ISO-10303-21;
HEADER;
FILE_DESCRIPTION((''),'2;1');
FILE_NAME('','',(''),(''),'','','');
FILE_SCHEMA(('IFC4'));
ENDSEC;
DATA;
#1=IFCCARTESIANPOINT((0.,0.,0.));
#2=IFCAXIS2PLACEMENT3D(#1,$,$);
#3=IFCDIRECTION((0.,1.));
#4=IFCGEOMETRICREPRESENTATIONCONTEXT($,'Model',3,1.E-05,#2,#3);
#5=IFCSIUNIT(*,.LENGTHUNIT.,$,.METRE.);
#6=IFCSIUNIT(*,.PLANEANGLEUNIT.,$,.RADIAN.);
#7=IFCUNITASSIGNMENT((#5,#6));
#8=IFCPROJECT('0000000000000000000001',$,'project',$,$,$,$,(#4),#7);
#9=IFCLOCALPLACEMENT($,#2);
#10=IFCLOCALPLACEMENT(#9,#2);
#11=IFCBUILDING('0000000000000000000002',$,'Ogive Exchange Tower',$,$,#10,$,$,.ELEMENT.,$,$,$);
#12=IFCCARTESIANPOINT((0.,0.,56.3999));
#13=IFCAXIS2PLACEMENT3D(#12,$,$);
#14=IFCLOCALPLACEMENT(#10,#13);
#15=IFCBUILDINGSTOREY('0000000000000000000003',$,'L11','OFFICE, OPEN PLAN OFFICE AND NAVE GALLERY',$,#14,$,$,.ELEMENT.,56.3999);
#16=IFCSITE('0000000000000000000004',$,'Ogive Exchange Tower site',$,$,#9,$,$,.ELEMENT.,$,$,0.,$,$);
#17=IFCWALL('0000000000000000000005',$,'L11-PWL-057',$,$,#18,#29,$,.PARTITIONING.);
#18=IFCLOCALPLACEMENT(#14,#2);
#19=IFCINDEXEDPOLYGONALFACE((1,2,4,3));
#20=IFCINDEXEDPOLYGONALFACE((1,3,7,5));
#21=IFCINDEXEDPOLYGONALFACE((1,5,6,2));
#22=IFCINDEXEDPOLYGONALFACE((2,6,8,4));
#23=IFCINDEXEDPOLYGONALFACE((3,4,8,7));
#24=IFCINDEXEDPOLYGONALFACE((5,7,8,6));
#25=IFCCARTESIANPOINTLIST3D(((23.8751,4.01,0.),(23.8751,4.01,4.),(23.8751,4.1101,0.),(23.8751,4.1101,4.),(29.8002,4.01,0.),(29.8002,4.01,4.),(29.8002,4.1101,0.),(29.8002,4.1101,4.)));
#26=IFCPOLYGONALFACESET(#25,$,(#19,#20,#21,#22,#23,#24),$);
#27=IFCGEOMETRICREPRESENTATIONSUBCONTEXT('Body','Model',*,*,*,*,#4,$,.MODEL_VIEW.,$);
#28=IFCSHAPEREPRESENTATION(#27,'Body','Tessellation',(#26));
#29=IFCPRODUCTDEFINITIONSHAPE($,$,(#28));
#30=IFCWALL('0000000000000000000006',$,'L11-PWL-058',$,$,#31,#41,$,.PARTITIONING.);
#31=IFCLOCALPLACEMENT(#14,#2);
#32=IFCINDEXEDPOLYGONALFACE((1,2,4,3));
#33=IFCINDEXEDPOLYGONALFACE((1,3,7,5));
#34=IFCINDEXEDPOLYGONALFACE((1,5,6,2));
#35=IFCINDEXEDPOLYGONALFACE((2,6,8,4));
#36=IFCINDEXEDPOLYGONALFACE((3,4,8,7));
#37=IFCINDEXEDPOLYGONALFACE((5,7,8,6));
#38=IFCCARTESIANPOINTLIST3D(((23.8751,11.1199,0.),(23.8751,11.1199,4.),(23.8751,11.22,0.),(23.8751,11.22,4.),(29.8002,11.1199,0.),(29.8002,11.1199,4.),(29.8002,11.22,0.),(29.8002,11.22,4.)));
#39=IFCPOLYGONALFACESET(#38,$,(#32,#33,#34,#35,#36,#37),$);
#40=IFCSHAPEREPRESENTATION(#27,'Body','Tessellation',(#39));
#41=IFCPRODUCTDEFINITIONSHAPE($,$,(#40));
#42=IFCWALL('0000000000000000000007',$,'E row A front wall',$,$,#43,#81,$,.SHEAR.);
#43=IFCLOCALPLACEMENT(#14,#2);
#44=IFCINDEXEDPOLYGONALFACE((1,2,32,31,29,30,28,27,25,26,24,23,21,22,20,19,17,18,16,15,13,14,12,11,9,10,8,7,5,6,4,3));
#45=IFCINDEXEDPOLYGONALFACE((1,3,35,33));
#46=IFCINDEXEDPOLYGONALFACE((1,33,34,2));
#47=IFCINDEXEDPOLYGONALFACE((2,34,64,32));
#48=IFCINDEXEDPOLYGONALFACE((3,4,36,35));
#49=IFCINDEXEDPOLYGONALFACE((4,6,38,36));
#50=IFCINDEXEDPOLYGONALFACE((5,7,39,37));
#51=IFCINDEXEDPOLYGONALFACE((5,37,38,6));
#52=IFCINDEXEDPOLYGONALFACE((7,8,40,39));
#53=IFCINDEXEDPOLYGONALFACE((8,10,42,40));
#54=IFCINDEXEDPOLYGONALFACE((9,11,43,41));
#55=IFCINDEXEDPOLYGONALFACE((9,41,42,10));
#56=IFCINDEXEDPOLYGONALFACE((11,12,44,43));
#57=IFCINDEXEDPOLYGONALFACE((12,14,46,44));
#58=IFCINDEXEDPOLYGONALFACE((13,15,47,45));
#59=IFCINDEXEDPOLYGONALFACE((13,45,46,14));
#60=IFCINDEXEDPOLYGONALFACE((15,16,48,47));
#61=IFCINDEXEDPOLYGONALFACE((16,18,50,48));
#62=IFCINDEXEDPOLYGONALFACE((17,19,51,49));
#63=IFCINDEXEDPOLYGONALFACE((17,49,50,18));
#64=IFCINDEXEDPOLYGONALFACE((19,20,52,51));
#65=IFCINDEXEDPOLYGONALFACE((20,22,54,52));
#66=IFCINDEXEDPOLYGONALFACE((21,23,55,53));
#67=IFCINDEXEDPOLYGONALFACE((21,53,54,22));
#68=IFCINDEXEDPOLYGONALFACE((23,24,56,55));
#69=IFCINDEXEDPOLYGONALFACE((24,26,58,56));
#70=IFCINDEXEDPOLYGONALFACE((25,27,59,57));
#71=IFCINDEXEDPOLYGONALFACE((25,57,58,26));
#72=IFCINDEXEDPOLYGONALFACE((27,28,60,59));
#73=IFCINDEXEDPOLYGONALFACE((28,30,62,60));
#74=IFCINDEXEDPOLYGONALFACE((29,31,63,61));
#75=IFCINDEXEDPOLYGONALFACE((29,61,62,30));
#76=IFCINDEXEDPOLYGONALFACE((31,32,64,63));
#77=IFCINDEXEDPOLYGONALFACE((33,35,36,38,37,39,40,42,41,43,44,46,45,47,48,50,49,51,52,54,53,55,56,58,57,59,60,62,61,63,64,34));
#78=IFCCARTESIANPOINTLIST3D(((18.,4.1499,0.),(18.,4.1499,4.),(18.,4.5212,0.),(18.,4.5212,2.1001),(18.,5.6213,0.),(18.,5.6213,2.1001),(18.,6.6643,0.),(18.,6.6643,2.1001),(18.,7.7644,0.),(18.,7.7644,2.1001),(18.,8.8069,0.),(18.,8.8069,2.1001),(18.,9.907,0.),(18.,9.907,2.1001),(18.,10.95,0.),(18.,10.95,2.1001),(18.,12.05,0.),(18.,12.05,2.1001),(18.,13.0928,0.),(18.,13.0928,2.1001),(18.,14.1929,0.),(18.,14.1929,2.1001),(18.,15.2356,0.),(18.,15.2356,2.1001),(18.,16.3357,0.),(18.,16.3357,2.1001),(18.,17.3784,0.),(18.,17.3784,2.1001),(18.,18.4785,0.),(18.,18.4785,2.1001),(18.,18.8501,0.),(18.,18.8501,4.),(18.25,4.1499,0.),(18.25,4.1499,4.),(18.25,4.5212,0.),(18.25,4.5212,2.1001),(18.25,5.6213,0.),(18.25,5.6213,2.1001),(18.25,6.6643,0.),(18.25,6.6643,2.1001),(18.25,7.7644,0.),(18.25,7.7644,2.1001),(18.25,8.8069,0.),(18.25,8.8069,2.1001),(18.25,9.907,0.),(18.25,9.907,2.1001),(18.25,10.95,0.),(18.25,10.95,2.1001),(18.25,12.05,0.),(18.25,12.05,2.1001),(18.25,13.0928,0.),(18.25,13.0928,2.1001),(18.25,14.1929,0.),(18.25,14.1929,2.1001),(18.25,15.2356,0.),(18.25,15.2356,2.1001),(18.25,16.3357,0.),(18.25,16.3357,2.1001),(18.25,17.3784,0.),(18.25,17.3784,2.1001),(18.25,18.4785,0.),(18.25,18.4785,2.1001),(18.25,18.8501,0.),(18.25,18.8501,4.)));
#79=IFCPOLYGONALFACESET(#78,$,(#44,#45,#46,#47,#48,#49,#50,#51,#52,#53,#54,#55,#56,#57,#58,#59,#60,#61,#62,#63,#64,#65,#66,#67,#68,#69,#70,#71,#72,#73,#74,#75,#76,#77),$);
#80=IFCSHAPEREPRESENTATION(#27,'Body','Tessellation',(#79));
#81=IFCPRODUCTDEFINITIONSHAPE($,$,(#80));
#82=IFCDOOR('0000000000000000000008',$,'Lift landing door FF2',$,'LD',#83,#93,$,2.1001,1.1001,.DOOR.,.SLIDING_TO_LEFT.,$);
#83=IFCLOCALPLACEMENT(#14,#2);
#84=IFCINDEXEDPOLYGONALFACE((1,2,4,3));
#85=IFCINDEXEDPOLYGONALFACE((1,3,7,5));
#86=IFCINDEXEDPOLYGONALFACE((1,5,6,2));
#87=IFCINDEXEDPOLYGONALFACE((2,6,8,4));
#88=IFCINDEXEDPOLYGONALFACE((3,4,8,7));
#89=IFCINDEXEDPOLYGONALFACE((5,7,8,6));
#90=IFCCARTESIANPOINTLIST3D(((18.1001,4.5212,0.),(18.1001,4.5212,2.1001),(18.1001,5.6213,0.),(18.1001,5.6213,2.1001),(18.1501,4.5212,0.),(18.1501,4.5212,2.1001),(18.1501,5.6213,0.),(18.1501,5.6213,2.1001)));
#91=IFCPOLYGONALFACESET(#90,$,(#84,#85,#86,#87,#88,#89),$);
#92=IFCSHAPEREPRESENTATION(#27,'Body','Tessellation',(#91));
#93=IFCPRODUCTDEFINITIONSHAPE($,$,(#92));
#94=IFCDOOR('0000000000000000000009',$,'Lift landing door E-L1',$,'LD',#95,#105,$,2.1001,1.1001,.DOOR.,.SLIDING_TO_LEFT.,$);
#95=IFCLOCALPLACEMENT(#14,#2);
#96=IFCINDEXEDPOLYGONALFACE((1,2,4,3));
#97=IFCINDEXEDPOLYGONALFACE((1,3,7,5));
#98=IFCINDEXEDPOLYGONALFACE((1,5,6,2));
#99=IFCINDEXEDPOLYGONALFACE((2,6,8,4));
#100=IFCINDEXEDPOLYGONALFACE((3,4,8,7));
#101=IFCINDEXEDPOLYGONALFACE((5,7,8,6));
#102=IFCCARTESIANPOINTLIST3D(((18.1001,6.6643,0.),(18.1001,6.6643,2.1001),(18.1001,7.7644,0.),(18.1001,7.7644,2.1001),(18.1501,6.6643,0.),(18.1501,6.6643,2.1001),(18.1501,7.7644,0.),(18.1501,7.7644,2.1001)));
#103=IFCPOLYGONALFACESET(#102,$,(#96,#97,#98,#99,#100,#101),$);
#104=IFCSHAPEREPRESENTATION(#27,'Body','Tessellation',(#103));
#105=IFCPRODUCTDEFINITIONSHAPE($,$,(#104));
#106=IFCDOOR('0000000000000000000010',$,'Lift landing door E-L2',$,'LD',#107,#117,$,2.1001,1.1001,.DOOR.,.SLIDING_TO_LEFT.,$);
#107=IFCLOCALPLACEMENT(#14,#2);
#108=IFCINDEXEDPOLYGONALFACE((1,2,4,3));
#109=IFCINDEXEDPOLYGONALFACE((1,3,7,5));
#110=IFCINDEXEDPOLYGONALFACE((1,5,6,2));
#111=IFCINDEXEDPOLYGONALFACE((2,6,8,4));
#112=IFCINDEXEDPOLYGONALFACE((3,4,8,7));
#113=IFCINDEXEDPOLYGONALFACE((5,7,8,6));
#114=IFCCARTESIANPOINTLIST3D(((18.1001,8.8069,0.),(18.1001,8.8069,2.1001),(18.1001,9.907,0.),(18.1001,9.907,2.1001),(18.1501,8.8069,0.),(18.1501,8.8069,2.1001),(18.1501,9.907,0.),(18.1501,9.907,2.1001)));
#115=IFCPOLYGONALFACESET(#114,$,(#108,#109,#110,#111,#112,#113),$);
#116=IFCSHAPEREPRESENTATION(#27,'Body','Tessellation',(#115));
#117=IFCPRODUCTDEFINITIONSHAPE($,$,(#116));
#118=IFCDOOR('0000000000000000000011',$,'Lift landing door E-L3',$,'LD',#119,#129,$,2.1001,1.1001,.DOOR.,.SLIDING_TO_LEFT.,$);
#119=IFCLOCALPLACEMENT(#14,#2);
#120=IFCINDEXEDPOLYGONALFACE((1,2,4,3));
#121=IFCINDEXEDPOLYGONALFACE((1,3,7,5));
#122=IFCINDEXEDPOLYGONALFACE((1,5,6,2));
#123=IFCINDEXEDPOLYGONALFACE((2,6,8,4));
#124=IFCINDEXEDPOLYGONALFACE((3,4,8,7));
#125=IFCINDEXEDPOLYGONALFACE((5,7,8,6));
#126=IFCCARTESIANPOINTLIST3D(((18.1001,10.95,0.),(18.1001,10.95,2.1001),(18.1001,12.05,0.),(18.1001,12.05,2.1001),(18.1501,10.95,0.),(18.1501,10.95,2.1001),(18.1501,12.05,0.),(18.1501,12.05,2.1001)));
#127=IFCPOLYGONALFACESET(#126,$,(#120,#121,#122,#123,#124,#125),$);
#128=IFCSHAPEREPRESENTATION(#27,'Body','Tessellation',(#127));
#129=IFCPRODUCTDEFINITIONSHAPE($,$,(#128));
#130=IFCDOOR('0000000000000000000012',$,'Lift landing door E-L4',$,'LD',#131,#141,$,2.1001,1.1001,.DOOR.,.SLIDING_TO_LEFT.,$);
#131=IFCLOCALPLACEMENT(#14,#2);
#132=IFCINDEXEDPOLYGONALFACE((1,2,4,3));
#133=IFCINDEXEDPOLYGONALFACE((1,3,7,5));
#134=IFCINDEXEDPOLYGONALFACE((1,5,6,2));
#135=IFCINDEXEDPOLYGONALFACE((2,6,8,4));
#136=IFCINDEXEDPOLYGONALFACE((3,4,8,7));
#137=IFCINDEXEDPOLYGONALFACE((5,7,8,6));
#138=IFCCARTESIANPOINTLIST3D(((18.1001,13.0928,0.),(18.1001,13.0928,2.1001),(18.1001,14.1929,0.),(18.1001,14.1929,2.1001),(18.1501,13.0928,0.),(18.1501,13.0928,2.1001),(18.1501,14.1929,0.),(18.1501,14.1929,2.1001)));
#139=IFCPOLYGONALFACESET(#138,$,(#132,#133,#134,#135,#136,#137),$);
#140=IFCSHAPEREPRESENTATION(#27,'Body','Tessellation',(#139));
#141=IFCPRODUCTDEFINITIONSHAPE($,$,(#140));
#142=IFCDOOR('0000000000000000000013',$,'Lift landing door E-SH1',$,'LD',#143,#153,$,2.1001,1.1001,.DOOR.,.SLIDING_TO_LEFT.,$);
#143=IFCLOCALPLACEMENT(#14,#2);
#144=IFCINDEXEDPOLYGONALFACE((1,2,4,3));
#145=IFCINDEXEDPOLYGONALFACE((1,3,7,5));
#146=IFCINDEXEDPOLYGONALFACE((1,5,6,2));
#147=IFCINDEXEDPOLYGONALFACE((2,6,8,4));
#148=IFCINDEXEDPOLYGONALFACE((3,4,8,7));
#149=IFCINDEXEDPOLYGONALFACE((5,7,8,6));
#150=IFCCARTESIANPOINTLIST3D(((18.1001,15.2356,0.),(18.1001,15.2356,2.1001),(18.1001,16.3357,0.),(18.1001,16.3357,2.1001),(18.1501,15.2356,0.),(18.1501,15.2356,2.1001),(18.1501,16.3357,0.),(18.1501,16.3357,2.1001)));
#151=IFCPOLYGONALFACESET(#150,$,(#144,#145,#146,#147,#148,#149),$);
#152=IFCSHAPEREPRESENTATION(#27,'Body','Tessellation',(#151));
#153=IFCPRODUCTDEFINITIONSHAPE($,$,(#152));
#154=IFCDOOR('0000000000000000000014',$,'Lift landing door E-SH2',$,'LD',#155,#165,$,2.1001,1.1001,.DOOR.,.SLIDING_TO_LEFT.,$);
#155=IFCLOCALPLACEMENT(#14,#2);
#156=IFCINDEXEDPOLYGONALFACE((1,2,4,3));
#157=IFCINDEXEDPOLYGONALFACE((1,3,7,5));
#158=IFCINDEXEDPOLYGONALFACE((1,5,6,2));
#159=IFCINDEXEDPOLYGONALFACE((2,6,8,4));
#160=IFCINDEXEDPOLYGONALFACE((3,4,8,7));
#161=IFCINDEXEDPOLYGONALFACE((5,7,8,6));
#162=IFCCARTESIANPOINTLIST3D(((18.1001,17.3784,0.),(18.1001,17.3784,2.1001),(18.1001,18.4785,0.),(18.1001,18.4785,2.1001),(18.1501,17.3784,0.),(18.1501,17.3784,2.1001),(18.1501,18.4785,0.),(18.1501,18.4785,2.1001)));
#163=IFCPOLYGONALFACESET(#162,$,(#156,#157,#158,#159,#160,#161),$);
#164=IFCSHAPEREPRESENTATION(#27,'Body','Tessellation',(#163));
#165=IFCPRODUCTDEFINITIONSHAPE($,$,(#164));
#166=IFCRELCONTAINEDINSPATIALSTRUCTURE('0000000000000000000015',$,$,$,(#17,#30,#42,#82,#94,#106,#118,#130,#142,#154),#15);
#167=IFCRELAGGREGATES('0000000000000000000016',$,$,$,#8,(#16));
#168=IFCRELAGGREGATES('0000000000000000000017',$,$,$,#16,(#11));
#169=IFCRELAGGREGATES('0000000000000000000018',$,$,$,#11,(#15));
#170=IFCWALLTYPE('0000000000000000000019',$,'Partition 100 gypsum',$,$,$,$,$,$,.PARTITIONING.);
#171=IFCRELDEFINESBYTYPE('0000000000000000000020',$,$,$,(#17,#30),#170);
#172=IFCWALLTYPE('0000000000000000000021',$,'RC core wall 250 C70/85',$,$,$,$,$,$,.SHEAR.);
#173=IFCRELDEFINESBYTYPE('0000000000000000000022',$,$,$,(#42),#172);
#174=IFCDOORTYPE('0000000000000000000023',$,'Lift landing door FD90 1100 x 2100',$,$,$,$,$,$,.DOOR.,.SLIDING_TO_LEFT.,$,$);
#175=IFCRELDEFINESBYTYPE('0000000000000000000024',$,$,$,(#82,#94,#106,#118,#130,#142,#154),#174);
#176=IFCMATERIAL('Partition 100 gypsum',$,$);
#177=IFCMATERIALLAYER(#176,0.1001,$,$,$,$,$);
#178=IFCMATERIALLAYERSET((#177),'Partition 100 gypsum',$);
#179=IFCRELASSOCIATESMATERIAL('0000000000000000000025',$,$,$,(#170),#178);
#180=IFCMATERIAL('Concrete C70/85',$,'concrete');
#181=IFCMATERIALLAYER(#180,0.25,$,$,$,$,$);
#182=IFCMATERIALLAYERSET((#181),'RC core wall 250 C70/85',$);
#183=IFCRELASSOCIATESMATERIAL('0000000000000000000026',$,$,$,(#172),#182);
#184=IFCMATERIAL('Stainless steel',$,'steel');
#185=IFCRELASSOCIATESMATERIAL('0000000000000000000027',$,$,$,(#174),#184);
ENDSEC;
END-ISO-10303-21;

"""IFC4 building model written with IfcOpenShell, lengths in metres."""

from ifc_helpers import new_model, si_unit, direction, frame, frame_2d, origin, place, context, subcontext, project, spatial, rectangle, extrude, material, layer, layer_set, type_object, element, fill, save


model = new_model("IFC4")

# Units and contexts
model_context = context("Model", 3, precision=1e-05, world=origin(), true_north=direction((0.0, 1.0)))
body_context = subcontext(model_context, "Body", "Model", "MODEL_VIEW")
ifc_project = project(units=[si_unit("LENGTHUNIT", "METRE"), si_unit("PLANEANGLEUNIT", "RADIAN")], contexts=[model_context])

# Site, building, storey
site_placement = place(None, origin())
site = spatial("IfcSite", under=ifc_project, at=site_placement, Name="Ogive Exchange Tower site", CompositionType="ELEMENT", RefElevation=0.0)
building_placement = place(site_placement, origin())
building = spatial("IfcBuilding", under=site, at=building_placement, Name="Ogive Exchange Tower", CompositionType="ELEMENT")
storey_placement = place(building_placement, frame((0.0, 0.0, 56.3999)))
storey = spatial("IfcBuildingStorey", under=building, at=storey_placement, Name="L11", Description="OFFICE, OPEN PLAN OFFICE AND NAVE GALLERY", CompositionType="ELEMENT", Elevation=56.3999)

# Walls
ifc_material_1 = material(Name="Partition 100 gypsum")
ifc_layer_1 = layer(ifc_material_1, 0.1001)
ifc_layer_set_1 = layer_set([ifc_layer_1], Name="Partition 100 gypsum")
wall_type_1 = type_object("IfcWallType", Name="Partition 100 gypsum", PredefinedType="PARTITIONING", material=ifc_layer_set_1)
for number, where, z_axis, x_axis, name in (
    (1, (29.8, 4.0601, 0.0), (0.0, 0.0, 1.0), (-1.0, 0.0, 0.0), "L11-PWL-057"),
    (2, (29.8, 11.1699, 0.0), (0.0, 0.0, 1.0), (-1.0, 0.0, 0.0), "L11-PWL-058"),
):
    element("IfcWall", number, at=place(storey_placement, frame(where, z_axis=z_axis, x_axis=x_axis)), inside=storey, type_object=wall_type_1, Name=name, PredefinedType="PARTITIONING", context=body_context, shape_type="SweptSolid", body=[
        extrude(rectangle(XDim=5.925, YDim=0.1001, at=frame_2d((2.9624, 0.0))), origin(), (0.0, 0.0, 1.0), 4.0),
    ])

# Wall, openings, doors
ifc_material_2 = material(Name="Concrete C70/85", Category="concrete")
ifc_layer_2 = layer(ifc_material_2, 0.25)
ifc_layer_set_2 = layer_set([ifc_layer_2], Name="RC core wall 250 C70/85")
wall_type_2 = type_object("IfcWallType", Name="RC core wall 250 C70/85", PredefinedType="SHEAR", material=ifc_layer_set_2)
wall_1_placement = place(storey_placement, frame((18.125, 4.1499, 0.0), z_axis=(0.0, 0.0, 1.0), x_axis=(0.0, 1.0, 0.0)))
wall_1 = element("IfcWall", 3, at=wall_1_placement, inside=storey, type_object=wall_type_2, Name="E row A front wall", PredefinedType="SHEAR", context=body_context, shape_type="SweptSolid", body=[
    extrude(rectangle(XDim=14.7002, YDim=0.25, at=frame_2d((7.3501, 0.0))), origin(), (0.0, 0.0, 1.0), 4.0),
])
opening_1_placement = place(wall_1_placement, frame((0.3713, 0.0, 0.0)))
opening_1 = element("IfcOpeningElement", 4, at=opening_1_placement, cuts=wall_1, PredefinedType="OPENING", context=body_context, shape_type="SweptSolid", body=[
    extrude(rectangle(XDim=1.1001, YDim=2.1001, at=frame_2d((0.55, 1.05))), frame((0.0, 0.135, 0.0), z_axis=(0.0, -1.0, 0.0), x_axis=(1.0, 0.0, 0.0)), (0.0, 0.0, 1.0), 0.27),
])
opening_2_placement = place(wall_1_placement, frame((2.5144, 0.0, 0.0)))
opening_2 = element("IfcOpeningElement", 5, at=opening_2_placement, cuts=wall_1, PredefinedType="OPENING", context=body_context, shape_type="SweptSolid", body=[
    extrude(rectangle(XDim=1.1001, YDim=2.1001, at=frame_2d((0.55, 1.05))), frame((0.0, 0.135, 0.0), z_axis=(0.0, -1.0, 0.0), x_axis=(1.0, 0.0, 0.0)), (0.0, 0.0, 1.0), 0.27),
])
opening_3_placement = place(wall_1_placement, frame((4.657, 0.0, 0.0)))
opening_3 = element("IfcOpeningElement", 6, at=opening_3_placement, cuts=wall_1, PredefinedType="OPENING", context=body_context, shape_type="SweptSolid", body=[
    extrude(rectangle(XDim=1.1001, YDim=2.1001, at=frame_2d((0.55, 1.05))), frame((0.0, 0.135, 0.0), z_axis=(0.0, -1.0, 0.0), x_axis=(1.0, 0.0, 0.0)), (0.0, 0.0, 1.0), 0.27),
])
opening_4_placement = place(wall_1_placement, frame((6.8, 0.0, 0.0)))
opening_4 = element("IfcOpeningElement", 7, at=opening_4_placement, cuts=wall_1, PredefinedType="OPENING", context=body_context, shape_type="SweptSolid", body=[
    extrude(rectangle(XDim=1.1001, YDim=2.1001, at=frame_2d((0.55, 1.05))), frame((0.0, 0.135, 0.0), z_axis=(0.0, -1.0, 0.0), x_axis=(1.0, 0.0, 0.0)), (0.0, 0.0, 1.0), 0.27),
])
opening_5_placement = place(wall_1_placement, frame((8.9429, 0.0, 0.0)))
opening_5 = element("IfcOpeningElement", 8, at=opening_5_placement, cuts=wall_1, PredefinedType="OPENING", context=body_context, shape_type="SweptSolid", body=[
    extrude(rectangle(XDim=1.1001, YDim=2.1001, at=frame_2d((0.55, 1.05))), frame((0.0, 0.135, 0.0), z_axis=(0.0, -1.0, 0.0), x_axis=(1.0, 0.0, 0.0)), (0.0, 0.0, 1.0), 0.27),
])
opening_6_placement = place(wall_1_placement, frame((11.0857, 0.0, 0.0)))
opening_6 = element("IfcOpeningElement", 9, at=opening_6_placement, cuts=wall_1, PredefinedType="OPENING", context=body_context, shape_type="SweptSolid", body=[
    extrude(rectangle(XDim=1.1001, YDim=2.1001, at=frame_2d((0.55, 1.05))), frame((0.0, 0.135, 0.0), z_axis=(0.0, -1.0, 0.0), x_axis=(1.0, 0.0, 0.0)), (0.0, 0.0, 1.0), 0.27),
])
opening_7_placement = place(wall_1_placement, frame((13.2285, 0.0, 0.0)))
opening_7 = element("IfcOpeningElement", 10, at=opening_7_placement, cuts=wall_1, PredefinedType="OPENING", context=body_context, shape_type="SweptSolid", body=[
    extrude(rectangle(XDim=1.1001, YDim=2.1001, at=frame_2d((0.55, 1.05))), frame((0.0, 0.135, 0.0), z_axis=(0.0, -1.0, 0.0), x_axis=(1.0, 0.0, 0.0)), (0.0, 0.0, 1.0), 0.27),
])
ifc_material_3 = material(Name="Stainless steel", Category="steel")
door_type_1 = type_object("IfcDoorType", Name="Lift landing door FD90 1100 x 2100", OperationType="SLIDING_TO_LEFT", PredefinedType="DOOR", material=ifc_material_3)
door_1_placement = place(opening_1_placement, origin())
door_1 = element("IfcDoor", 11, at=door_1_placement, inside=storey, type_object=door_type_1, Name="Lift landing door FF2", ObjectType="LD", OperationType="SLIDING_TO_LEFT", OverallHeight=2.1001, OverallWidth=1.1001, PredefinedType="DOOR", context=body_context, shape_type="SweptSolid", body=[
    extrude(rectangle(XDim=1.1001, YDim=2.1001, at=frame_2d((0.55, 1.05))), frame((0.0, 0.0249, 0.0), z_axis=(0.0, -1.0, 0.0), x_axis=(1.0, 0.0, 0.0)), (0.0, 0.0, 1.0), 0.05),
])
fill(opening_1, door_1)
door_2_placement = place(opening_2_placement, origin())
door_2 = element("IfcDoor", 12, at=door_2_placement, inside=storey, type_object=door_type_1, Name="Lift landing door E-L1", ObjectType="LD", OperationType="SLIDING_TO_LEFT", OverallHeight=2.1001, OverallWidth=1.1001, PredefinedType="DOOR", context=body_context, shape_type="SweptSolid", body=[
    extrude(rectangle(XDim=1.1001, YDim=2.1001, at=frame_2d((0.55, 1.05))), frame((0.0, 0.0249, 0.0), z_axis=(0.0, -1.0, 0.0), x_axis=(1.0, 0.0, 0.0)), (0.0, 0.0, 1.0), 0.05),
])
fill(opening_2, door_2)
door_3_placement = place(opening_3_placement, origin())
door_3 = element("IfcDoor", 13, at=door_3_placement, inside=storey, type_object=door_type_1, Name="Lift landing door E-L2", ObjectType="LD", OperationType="SLIDING_TO_LEFT", OverallHeight=2.1001, OverallWidth=1.1001, PredefinedType="DOOR", context=body_context, shape_type="SweptSolid", body=[
    extrude(rectangle(XDim=1.1001, YDim=2.1001, at=frame_2d((0.55, 1.05))), frame((0.0, 0.0249, 0.0), z_axis=(0.0, -1.0, 0.0), x_axis=(1.0, 0.0, 0.0)), (0.0, 0.0, 1.0), 0.05),
])
fill(opening_3, door_3)
door_4_placement = place(opening_4_placement, origin())
door_4 = element("IfcDoor", 14, at=door_4_placement, inside=storey, type_object=door_type_1, Name="Lift landing door E-L3", ObjectType="LD", OperationType="SLIDING_TO_LEFT", OverallHeight=2.1001, OverallWidth=1.1001, PredefinedType="DOOR", context=body_context, shape_type="SweptSolid", body=[
    extrude(rectangle(XDim=1.1001, YDim=2.1001, at=frame_2d((0.55, 1.05))), frame((0.0, 0.0249, 0.0), z_axis=(0.0, -1.0, 0.0), x_axis=(1.0, 0.0, 0.0)), (0.0, 0.0, 1.0), 0.05),
])
fill(opening_4, door_4)
door_5_placement = place(opening_5_placement, origin())
door_5 = element("IfcDoor", 15, at=door_5_placement, inside=storey, type_object=door_type_1, Name="Lift landing door E-L4", ObjectType="LD", OperationType="SLIDING_TO_LEFT", OverallHeight=2.1001, OverallWidth=1.1001, PredefinedType="DOOR", context=body_context, shape_type="SweptSolid", body=[
    extrude(rectangle(XDim=1.1001, YDim=2.1001, at=frame_2d((0.55, 1.05))), frame((0.0, 0.0249, 0.0), z_axis=(0.0, -1.0, 0.0), x_axis=(1.0, 0.0, 0.0)), (0.0, 0.0, 1.0), 0.05),
])
fill(opening_5, door_5)
door_6_placement = place(opening_6_placement, origin())
door_6 = element("IfcDoor", 16, at=door_6_placement, inside=storey, type_object=door_type_1, Name="Lift landing door E-SH1", ObjectType="LD", OperationType="SLIDING_TO_LEFT", OverallHeight=2.1001, OverallWidth=1.1001, PredefinedType="DOOR", context=body_context, shape_type="SweptSolid", body=[
    extrude(rectangle(XDim=1.1001, YDim=2.1001, at=frame_2d((0.55, 1.05))), frame((0.0, 0.0249, 0.0), z_axis=(0.0, -1.0, 0.0), x_axis=(1.0, 0.0, 0.0)), (0.0, 0.0, 1.0), 0.05),
])
fill(opening_6, door_6)
door_7_placement = place(opening_7_placement, origin())
door_7 = element("IfcDoor", 17, at=door_7_placement, inside=storey, type_object=door_type_1, Name="Lift landing door E-SH2", ObjectType="LD", OperationType="SLIDING_TO_LEFT", OverallHeight=2.1001, OverallWidth=1.1001, PredefinedType="DOOR", context=body_context, shape_type="SweptSolid", body=[
    extrude(rectangle(XDim=1.1001, YDim=2.1001, at=frame_2d((0.55, 1.05))), frame((0.0, 0.0249, 0.0), z_axis=(0.0, -1.0, 0.0), x_axis=(1.0, 0.0, 0.0)), (0.0, 0.0, 1.0), 0.05),
])
fill(opening_7, door_7)

save(model, "model.ifc")
